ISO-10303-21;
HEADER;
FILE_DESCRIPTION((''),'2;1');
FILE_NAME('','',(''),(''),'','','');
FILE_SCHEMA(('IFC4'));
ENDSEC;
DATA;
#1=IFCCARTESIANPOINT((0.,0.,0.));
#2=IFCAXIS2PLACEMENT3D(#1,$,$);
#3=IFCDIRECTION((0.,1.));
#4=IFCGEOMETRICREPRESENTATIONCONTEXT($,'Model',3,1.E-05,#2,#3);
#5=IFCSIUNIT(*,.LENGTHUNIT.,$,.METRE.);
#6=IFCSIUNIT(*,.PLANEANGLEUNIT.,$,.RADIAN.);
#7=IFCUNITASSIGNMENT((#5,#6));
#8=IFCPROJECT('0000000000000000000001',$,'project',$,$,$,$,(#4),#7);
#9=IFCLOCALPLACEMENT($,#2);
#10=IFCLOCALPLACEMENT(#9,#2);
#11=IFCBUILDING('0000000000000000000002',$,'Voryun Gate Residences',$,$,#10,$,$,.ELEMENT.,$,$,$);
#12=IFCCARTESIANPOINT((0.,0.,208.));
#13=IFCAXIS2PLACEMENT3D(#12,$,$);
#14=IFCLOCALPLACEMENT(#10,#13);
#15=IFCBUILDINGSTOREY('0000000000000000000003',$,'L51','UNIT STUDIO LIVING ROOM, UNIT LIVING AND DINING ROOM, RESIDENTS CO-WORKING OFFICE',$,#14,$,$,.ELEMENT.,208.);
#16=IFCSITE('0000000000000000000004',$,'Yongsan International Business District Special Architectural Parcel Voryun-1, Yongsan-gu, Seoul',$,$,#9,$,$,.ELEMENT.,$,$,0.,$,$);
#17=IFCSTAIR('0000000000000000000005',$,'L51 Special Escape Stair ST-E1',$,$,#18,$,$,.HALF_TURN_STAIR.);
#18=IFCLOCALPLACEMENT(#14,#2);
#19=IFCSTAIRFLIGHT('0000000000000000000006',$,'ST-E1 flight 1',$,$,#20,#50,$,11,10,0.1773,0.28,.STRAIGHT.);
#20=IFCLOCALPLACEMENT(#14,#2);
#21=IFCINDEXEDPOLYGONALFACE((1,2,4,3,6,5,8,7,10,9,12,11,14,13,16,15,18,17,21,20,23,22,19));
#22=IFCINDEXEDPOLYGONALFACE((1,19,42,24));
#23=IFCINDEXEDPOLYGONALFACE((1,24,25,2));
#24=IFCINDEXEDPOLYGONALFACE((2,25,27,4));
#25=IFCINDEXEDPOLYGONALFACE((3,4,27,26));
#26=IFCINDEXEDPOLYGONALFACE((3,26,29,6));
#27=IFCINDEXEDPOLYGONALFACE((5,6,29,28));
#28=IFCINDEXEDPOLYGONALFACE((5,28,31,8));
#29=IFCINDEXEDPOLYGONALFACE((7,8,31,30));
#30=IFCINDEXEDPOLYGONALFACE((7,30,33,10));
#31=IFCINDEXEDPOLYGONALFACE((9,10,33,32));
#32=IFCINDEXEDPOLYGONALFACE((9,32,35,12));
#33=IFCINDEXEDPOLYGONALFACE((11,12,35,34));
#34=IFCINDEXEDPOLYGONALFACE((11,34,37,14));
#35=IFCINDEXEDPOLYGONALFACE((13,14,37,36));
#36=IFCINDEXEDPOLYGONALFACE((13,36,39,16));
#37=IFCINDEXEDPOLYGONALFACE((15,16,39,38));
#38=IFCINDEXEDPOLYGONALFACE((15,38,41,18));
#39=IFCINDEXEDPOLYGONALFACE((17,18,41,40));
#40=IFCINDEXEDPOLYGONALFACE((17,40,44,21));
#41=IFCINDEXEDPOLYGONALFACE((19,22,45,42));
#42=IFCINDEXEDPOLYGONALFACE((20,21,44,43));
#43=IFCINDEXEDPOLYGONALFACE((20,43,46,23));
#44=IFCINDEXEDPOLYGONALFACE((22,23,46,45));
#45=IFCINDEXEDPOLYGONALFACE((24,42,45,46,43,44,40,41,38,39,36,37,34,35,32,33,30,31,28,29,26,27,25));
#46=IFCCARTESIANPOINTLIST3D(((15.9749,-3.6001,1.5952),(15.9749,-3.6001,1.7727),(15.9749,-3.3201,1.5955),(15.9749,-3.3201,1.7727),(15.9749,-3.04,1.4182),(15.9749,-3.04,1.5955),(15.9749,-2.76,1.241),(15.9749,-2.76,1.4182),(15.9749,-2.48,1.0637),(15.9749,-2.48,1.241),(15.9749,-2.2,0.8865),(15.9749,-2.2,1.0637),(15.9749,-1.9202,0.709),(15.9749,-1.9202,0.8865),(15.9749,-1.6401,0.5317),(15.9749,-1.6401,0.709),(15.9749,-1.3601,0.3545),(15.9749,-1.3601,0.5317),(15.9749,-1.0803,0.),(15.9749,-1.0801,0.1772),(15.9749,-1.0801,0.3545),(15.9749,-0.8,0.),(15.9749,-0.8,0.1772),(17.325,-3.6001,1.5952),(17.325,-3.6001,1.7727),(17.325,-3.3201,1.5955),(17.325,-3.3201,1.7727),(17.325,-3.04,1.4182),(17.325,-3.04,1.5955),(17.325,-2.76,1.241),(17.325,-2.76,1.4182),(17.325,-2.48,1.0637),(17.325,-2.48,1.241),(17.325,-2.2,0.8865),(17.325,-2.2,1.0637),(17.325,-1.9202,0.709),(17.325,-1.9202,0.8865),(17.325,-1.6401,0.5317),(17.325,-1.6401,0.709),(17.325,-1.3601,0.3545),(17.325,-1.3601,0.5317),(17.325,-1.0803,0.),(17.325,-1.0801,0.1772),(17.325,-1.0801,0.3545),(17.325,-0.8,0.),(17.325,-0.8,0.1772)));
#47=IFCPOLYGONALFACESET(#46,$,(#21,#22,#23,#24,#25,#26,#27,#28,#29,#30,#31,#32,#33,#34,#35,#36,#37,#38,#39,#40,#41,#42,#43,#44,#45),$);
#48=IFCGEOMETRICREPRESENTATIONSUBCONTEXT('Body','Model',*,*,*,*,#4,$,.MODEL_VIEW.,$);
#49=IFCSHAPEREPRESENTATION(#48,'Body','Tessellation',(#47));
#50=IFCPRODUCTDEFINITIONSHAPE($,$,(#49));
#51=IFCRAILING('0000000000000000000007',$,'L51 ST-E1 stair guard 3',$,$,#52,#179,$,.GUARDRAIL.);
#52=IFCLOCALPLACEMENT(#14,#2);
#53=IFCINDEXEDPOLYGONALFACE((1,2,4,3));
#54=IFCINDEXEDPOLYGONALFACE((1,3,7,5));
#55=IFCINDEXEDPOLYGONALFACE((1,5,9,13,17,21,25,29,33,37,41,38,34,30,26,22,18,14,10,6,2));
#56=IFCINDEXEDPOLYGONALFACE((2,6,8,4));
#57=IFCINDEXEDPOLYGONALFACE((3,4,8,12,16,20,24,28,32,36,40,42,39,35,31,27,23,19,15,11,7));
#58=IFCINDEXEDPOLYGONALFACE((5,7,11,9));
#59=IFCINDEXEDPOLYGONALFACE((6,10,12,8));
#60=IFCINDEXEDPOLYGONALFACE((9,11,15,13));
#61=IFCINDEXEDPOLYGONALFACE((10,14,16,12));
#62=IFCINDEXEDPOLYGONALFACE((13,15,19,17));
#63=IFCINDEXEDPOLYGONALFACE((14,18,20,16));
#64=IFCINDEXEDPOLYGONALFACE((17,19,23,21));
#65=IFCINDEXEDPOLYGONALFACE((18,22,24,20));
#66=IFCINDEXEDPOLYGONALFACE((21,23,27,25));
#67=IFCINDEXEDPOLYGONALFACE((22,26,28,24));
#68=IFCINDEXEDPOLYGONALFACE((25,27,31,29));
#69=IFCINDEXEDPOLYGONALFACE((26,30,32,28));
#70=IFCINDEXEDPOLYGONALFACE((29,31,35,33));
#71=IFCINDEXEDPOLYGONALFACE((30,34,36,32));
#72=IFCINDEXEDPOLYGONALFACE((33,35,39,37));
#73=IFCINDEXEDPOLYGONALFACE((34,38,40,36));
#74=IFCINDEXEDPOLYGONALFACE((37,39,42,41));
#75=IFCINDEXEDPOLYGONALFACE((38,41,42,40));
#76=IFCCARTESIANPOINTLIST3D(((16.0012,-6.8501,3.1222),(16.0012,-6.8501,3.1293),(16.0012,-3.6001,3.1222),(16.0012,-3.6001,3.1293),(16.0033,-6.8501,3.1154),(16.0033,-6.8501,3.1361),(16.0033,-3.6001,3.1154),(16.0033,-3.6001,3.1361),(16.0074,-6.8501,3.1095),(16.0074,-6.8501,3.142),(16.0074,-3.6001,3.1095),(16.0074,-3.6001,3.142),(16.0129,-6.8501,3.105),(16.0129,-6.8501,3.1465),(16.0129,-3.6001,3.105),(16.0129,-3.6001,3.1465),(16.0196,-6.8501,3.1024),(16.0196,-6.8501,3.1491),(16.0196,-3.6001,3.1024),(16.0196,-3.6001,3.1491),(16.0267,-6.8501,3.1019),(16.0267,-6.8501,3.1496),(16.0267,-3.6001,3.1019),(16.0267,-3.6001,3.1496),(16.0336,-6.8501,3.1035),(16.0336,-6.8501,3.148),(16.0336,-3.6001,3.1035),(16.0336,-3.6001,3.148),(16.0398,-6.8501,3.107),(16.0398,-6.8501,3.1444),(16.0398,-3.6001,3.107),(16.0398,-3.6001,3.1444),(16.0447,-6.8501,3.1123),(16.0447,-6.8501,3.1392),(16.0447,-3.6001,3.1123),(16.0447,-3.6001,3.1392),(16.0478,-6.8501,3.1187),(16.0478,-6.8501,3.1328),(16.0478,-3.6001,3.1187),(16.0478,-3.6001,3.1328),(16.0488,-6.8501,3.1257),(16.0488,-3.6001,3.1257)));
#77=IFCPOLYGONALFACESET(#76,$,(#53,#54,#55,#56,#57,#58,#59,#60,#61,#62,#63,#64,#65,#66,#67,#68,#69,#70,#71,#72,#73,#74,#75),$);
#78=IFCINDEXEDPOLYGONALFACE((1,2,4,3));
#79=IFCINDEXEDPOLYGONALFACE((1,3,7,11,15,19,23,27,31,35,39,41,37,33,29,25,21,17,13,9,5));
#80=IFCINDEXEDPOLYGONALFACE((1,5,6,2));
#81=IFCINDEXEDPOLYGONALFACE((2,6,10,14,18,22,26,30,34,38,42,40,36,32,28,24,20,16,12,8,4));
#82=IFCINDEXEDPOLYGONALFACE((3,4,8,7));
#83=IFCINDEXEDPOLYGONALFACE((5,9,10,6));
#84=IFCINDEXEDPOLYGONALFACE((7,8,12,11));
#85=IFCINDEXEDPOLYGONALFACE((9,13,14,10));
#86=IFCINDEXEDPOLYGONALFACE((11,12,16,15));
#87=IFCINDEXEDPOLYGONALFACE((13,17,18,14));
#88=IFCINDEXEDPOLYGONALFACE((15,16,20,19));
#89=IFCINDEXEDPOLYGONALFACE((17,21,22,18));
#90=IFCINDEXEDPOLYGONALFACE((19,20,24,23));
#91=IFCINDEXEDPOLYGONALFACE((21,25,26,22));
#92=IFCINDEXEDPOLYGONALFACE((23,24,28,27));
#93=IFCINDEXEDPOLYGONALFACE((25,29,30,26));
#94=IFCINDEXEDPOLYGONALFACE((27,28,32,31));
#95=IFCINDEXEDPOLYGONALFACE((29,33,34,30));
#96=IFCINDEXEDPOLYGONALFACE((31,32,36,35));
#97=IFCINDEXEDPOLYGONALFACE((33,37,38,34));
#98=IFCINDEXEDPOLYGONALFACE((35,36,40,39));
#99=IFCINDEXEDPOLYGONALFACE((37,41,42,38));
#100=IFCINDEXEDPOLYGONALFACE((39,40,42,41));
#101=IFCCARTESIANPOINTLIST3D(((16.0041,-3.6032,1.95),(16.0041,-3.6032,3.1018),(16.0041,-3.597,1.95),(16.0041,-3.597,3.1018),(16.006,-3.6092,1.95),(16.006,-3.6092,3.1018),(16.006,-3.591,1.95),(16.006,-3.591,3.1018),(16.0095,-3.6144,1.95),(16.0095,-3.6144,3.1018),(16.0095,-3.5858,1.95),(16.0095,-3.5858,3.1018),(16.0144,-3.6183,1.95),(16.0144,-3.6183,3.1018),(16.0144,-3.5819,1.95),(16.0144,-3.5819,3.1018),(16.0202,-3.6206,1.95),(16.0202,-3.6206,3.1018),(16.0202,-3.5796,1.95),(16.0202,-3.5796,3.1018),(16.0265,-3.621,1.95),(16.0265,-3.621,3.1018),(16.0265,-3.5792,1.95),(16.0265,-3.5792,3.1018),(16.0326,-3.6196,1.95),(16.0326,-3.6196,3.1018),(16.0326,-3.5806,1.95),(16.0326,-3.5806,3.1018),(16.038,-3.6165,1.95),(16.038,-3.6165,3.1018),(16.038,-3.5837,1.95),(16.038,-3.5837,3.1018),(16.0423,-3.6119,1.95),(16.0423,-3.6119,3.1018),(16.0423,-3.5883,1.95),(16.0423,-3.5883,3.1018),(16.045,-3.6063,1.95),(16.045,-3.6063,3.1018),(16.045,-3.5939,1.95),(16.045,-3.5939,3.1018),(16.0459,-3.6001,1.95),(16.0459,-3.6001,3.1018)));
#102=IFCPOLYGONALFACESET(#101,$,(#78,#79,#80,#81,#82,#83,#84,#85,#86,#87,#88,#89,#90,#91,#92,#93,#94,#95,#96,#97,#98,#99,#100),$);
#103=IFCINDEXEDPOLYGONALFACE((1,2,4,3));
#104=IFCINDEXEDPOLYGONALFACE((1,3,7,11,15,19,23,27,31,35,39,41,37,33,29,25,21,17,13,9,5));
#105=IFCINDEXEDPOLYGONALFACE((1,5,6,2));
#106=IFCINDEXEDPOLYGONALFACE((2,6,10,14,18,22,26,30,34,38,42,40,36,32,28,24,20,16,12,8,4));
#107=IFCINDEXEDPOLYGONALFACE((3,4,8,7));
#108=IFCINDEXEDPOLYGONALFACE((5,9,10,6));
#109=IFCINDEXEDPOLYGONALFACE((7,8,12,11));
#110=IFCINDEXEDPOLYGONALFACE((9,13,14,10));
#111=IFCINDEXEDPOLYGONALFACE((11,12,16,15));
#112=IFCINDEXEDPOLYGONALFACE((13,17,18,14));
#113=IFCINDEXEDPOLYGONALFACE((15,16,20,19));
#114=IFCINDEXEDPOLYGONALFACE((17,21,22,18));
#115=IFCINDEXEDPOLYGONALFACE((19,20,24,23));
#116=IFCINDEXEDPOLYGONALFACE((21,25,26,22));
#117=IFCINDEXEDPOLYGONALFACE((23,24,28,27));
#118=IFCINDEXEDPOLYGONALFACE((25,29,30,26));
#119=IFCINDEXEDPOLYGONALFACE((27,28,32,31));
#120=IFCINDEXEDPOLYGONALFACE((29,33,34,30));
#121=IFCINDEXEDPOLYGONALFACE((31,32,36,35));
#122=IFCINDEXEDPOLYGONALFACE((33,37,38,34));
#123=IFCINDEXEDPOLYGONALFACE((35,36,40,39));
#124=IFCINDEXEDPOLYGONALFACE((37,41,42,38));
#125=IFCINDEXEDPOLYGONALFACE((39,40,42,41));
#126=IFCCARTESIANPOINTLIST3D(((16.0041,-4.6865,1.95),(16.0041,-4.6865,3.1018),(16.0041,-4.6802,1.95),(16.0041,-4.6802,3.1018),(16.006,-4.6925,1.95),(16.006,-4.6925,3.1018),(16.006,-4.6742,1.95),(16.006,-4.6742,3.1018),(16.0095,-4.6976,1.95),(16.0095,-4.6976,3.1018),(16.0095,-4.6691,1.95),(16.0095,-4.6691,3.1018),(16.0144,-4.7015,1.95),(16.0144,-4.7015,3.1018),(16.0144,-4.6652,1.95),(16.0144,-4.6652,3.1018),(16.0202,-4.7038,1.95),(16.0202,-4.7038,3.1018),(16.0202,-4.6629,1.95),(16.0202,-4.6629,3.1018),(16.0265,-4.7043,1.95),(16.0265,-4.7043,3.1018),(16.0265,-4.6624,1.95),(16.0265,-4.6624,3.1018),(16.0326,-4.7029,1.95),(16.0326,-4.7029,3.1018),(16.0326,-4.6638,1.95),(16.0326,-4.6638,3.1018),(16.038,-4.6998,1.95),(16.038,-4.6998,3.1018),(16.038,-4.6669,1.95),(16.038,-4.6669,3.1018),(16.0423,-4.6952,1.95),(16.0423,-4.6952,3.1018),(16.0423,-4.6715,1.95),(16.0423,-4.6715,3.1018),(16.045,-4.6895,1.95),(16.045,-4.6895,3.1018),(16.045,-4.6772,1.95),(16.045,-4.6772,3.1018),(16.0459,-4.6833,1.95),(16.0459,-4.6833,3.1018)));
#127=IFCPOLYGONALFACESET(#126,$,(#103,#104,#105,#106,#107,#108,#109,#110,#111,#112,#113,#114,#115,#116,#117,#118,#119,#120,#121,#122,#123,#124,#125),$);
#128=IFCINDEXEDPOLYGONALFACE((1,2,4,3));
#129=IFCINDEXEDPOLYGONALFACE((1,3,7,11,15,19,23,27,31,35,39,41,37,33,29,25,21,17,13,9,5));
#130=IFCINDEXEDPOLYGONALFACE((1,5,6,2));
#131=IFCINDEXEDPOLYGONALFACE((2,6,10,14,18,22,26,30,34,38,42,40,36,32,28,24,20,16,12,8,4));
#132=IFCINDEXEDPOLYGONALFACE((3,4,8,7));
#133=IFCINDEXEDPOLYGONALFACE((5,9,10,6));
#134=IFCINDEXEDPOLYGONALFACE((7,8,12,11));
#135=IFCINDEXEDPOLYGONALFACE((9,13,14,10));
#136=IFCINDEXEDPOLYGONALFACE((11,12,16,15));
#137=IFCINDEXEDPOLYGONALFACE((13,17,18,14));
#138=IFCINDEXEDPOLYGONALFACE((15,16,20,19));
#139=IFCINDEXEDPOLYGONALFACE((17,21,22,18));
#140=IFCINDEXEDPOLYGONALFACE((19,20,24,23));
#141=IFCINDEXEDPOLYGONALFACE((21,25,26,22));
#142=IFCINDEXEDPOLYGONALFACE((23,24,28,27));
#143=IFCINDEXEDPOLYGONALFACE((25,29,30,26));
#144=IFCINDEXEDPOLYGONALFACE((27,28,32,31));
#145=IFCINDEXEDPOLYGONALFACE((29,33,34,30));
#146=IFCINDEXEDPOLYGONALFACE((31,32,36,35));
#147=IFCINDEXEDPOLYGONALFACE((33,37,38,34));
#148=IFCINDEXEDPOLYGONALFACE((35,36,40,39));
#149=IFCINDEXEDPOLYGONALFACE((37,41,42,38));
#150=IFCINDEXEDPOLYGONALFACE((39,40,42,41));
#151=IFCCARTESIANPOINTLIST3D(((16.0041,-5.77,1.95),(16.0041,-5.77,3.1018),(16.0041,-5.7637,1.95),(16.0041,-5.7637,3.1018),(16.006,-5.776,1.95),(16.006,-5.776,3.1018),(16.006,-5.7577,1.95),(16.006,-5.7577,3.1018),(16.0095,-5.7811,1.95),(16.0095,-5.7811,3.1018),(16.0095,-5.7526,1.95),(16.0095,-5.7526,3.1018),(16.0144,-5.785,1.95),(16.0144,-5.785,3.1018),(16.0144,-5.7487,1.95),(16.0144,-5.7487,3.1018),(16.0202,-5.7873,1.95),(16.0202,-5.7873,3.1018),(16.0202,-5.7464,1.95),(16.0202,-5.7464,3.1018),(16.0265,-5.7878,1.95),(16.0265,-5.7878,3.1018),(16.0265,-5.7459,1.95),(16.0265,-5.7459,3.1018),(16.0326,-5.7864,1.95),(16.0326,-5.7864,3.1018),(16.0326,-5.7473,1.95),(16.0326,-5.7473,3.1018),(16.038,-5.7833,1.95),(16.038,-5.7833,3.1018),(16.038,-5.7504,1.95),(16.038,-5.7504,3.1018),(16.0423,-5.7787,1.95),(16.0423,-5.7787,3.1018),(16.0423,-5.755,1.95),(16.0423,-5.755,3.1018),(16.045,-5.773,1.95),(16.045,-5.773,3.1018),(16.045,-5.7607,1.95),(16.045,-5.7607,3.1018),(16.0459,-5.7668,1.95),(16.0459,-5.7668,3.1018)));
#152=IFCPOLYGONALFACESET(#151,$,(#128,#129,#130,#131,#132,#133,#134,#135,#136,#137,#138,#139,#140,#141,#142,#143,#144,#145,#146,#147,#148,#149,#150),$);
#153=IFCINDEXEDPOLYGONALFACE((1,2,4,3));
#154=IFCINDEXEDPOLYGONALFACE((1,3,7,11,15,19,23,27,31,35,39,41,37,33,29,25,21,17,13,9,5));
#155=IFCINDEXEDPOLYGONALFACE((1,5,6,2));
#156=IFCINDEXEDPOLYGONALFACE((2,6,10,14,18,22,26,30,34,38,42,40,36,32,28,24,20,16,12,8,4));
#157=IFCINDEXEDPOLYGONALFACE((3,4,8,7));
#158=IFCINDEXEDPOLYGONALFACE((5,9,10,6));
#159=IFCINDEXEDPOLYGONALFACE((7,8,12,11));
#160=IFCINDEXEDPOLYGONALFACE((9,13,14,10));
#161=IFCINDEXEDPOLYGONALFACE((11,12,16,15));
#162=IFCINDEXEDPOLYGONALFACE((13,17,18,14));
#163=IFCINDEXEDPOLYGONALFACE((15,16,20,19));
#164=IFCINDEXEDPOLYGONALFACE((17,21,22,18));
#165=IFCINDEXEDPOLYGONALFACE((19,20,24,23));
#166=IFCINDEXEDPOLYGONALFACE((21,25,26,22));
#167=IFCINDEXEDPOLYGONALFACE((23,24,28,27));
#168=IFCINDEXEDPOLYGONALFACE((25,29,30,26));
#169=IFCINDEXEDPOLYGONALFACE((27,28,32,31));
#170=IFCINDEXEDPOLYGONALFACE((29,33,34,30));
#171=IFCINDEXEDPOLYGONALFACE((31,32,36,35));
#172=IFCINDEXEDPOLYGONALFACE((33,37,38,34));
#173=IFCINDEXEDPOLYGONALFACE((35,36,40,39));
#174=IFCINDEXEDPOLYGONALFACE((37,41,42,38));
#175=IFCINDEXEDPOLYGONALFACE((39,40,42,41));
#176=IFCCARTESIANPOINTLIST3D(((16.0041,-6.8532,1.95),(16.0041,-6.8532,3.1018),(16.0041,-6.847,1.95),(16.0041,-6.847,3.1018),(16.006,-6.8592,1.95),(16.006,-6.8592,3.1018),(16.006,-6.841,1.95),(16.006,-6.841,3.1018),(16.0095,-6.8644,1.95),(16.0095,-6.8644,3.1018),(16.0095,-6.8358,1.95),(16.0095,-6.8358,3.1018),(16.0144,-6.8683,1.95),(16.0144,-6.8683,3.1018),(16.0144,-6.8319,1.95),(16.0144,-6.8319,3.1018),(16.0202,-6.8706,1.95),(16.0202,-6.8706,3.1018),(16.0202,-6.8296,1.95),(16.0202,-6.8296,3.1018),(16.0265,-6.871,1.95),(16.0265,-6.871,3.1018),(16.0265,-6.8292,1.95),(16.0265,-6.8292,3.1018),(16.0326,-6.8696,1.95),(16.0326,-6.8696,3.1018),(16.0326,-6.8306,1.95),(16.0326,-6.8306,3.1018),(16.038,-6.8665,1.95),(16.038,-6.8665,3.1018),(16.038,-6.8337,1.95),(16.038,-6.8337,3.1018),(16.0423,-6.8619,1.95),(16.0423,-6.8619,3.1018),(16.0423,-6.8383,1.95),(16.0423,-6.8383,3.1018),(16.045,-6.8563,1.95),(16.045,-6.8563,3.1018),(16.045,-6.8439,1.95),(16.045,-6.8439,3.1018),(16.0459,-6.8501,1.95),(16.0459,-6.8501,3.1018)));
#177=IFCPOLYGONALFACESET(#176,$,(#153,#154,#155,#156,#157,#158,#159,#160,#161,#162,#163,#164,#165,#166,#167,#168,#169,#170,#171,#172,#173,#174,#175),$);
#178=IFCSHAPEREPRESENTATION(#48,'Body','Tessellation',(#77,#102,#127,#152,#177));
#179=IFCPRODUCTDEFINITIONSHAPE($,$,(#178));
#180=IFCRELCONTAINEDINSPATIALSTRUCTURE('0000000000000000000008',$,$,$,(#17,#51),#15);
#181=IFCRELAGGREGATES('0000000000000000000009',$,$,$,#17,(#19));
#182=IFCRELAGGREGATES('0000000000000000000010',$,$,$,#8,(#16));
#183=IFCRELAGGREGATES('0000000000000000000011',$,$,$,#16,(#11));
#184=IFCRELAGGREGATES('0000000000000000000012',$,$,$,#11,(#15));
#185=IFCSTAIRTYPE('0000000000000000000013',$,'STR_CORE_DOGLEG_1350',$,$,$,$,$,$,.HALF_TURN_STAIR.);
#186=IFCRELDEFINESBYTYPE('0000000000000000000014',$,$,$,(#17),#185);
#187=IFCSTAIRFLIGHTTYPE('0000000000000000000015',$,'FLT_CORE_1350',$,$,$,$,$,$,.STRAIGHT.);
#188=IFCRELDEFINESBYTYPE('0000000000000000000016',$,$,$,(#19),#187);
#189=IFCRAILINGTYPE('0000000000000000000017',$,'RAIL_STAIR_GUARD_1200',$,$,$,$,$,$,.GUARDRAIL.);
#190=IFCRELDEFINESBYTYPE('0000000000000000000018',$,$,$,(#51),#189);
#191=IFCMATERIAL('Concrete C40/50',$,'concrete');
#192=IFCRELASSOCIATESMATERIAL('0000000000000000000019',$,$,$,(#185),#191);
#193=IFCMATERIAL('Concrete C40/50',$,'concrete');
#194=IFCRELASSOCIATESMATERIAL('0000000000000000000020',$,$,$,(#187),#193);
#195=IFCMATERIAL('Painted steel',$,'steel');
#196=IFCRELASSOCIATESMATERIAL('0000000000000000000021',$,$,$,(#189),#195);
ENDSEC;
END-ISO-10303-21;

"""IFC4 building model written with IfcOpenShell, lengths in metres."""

from ifc_helpers import new_model, si_unit, direction, frame, origin, origin_2d, place, context, subcontext, project, spatial, polyline, circle, outline, extrude, material, type_object, element, aggregate, save


model = new_model("IFC4")

# Units and contexts
model_context = context("Model", 3, precision=1e-05, world=origin(), true_north=direction((0.0, 1.0)))
body_context = subcontext(model_context, "Body", "Model", "MODEL_VIEW")
ifc_project = project(units=[si_unit("LENGTHUNIT", "METRE"), si_unit("PLANEANGLEUNIT", "RADIAN")], contexts=[model_context])

# Site, building, storey
site_placement = place(None, origin())
site = spatial("IfcSite", under=ifc_project, at=site_placement, Name="Yongsan International Business District Special Architectural Parcel Voryun-1, Yongsan-gu, Seoul", CompositionType="ELEMENT", RefElevation=0.0)
building_placement = place(site_placement, origin())
building = spatial("IfcBuilding", under=site, at=building_placement, Name="Voryun Gate Residences", CompositionType="ELEMENT")
storey_placement = place(building_placement, frame((0.0, 0.0, 208.0)))
storey = spatial("IfcBuildingStorey", under=building, at=storey_placement, Name="L51", Description="UNIT STUDIO LIVING ROOM, UNIT LIVING AND DINING ROOM, RESIDENTS CO-WORKING OFFICE", CompositionType="ELEMENT", Elevation=208.0)

# Stair, stair flight
ifc_material_1 = material(Name="Concrete C40/50", Category="concrete")
stair_type = type_object("IfcStairType", Name="STR_CORE_DOGLEG_1350", PredefinedType="HALF_TURN_STAIR", material=ifc_material_1)
stair_placement = place(storey_placement, origin())
stair = element("IfcStair", 1, at=stair_placement, inside=storey, type_object=stair_type, Name="L51 Special Escape Stair ST-E1", PredefinedType="HALF_TURN_STAIR")
ifc_material_2 = material(Name="Concrete C40/50", Category="concrete")
stair_flight_type = type_object("IfcStairFlightType", Name="FLT_CORE_1350", PredefinedType="STRAIGHT", material=ifc_material_2)
stair_flight_placement = place(storey_placement, frame((16.6499, -0.8, 0.0), z_axis=(0.0, 0.0, 1.0), x_axis=(0.0, -1.0, 0.0)))
stair_flight = element("IfcStairFlight", 2, at=stair_flight_placement, type_object=stair_flight_type, Name="ST-E1 flight 1", NumberOfRisers=11, NumberOfTreads=10, PredefinedType="STRAIGHT", RiserHeight=0.1773, TreadLength=0.28, context=body_context, shape_type="SweptSolid", body=[
    extrude(outline(polyline([(0.0, 0.0), (0.0, 0.1772), (0.28, 0.1772), (0.28, 0.3545), (0.5601, 0.3545), (0.5601, 0.5317), (0.8401, 0.5317), (0.8401, 0.709), (1.1201, 0.709), (1.1201, 0.8865), (1.3999, 0.8865), (1.3999, 1.0637), (1.6799, 1.0637), (1.6799, 1.241), (1.96, 1.241), (1.96, 1.4182), (2.24, 1.4182), (2.24, 1.5955), (2.52, 1.5955), (2.52, 1.7727), (2.8, 1.7727), (2.8, 1.95), (2.8, 1.5952), (0.2803, 0.0), (0.0, 0.0)])), frame((0.0, 0.675, 0.0), z_axis=(0.0, -1.0, 0.0), x_axis=(1.0, 0.0, 0.0)), (0.0, 0.0, 1.0), 1.3501),
])
aggregate(stair, [stair_flight])

# Railing
ifc_material_3 = material(Name="Painted steel", Category="steel")
railing_type_1 = type_object("IfcRailingType", Name="RAIL_STAIR_GUARD_1200", PredefinedType="GUARDRAIL", material=ifc_material_3)
railing_1_placement = place(storey_placement, frame((16.0249, -3.6001, 1.95)))
element("IfcRailing", 3, at=railing_1_placement, inside=storey, type_object=railing_type_1, Name="L51 ST-E1 stair guard 3", PredefinedType="GUARDRAIL", context=body_context, shape_type="SweptSolid", body=[
    extrude(circle(Radius=0.0239, at=origin_2d()), frame((0.0, 0.0, 1.1758), z_axis=(0.0, -1.0, 0.0), x_axis=(1.0, 0.0, 0.0)), (0.0, 0.0, 1.0), 3.25),
    extrude(circle(Radius=0.021, at=origin_2d()), origin(), (0.0, 0.0, 1.0), 1.1519),
    extrude(circle(Radius=0.021, at=origin_2d()), frame((0.0, -1.0833, 0.0)), (0.0, 0.0, 1.0), 1.1519),
    extrude(circle(Radius=0.021, at=origin_2d()), frame((0.0, -2.1667, 0.0)), (0.0, 0.0, 1.0), 1.1519),
    extrude(circle(Radius=0.021, at=origin_2d()), frame((0.0, -3.25, 0.0)), (0.0, 0.0, 1.0), 1.1519),
])

save(model, "model.ifc")
